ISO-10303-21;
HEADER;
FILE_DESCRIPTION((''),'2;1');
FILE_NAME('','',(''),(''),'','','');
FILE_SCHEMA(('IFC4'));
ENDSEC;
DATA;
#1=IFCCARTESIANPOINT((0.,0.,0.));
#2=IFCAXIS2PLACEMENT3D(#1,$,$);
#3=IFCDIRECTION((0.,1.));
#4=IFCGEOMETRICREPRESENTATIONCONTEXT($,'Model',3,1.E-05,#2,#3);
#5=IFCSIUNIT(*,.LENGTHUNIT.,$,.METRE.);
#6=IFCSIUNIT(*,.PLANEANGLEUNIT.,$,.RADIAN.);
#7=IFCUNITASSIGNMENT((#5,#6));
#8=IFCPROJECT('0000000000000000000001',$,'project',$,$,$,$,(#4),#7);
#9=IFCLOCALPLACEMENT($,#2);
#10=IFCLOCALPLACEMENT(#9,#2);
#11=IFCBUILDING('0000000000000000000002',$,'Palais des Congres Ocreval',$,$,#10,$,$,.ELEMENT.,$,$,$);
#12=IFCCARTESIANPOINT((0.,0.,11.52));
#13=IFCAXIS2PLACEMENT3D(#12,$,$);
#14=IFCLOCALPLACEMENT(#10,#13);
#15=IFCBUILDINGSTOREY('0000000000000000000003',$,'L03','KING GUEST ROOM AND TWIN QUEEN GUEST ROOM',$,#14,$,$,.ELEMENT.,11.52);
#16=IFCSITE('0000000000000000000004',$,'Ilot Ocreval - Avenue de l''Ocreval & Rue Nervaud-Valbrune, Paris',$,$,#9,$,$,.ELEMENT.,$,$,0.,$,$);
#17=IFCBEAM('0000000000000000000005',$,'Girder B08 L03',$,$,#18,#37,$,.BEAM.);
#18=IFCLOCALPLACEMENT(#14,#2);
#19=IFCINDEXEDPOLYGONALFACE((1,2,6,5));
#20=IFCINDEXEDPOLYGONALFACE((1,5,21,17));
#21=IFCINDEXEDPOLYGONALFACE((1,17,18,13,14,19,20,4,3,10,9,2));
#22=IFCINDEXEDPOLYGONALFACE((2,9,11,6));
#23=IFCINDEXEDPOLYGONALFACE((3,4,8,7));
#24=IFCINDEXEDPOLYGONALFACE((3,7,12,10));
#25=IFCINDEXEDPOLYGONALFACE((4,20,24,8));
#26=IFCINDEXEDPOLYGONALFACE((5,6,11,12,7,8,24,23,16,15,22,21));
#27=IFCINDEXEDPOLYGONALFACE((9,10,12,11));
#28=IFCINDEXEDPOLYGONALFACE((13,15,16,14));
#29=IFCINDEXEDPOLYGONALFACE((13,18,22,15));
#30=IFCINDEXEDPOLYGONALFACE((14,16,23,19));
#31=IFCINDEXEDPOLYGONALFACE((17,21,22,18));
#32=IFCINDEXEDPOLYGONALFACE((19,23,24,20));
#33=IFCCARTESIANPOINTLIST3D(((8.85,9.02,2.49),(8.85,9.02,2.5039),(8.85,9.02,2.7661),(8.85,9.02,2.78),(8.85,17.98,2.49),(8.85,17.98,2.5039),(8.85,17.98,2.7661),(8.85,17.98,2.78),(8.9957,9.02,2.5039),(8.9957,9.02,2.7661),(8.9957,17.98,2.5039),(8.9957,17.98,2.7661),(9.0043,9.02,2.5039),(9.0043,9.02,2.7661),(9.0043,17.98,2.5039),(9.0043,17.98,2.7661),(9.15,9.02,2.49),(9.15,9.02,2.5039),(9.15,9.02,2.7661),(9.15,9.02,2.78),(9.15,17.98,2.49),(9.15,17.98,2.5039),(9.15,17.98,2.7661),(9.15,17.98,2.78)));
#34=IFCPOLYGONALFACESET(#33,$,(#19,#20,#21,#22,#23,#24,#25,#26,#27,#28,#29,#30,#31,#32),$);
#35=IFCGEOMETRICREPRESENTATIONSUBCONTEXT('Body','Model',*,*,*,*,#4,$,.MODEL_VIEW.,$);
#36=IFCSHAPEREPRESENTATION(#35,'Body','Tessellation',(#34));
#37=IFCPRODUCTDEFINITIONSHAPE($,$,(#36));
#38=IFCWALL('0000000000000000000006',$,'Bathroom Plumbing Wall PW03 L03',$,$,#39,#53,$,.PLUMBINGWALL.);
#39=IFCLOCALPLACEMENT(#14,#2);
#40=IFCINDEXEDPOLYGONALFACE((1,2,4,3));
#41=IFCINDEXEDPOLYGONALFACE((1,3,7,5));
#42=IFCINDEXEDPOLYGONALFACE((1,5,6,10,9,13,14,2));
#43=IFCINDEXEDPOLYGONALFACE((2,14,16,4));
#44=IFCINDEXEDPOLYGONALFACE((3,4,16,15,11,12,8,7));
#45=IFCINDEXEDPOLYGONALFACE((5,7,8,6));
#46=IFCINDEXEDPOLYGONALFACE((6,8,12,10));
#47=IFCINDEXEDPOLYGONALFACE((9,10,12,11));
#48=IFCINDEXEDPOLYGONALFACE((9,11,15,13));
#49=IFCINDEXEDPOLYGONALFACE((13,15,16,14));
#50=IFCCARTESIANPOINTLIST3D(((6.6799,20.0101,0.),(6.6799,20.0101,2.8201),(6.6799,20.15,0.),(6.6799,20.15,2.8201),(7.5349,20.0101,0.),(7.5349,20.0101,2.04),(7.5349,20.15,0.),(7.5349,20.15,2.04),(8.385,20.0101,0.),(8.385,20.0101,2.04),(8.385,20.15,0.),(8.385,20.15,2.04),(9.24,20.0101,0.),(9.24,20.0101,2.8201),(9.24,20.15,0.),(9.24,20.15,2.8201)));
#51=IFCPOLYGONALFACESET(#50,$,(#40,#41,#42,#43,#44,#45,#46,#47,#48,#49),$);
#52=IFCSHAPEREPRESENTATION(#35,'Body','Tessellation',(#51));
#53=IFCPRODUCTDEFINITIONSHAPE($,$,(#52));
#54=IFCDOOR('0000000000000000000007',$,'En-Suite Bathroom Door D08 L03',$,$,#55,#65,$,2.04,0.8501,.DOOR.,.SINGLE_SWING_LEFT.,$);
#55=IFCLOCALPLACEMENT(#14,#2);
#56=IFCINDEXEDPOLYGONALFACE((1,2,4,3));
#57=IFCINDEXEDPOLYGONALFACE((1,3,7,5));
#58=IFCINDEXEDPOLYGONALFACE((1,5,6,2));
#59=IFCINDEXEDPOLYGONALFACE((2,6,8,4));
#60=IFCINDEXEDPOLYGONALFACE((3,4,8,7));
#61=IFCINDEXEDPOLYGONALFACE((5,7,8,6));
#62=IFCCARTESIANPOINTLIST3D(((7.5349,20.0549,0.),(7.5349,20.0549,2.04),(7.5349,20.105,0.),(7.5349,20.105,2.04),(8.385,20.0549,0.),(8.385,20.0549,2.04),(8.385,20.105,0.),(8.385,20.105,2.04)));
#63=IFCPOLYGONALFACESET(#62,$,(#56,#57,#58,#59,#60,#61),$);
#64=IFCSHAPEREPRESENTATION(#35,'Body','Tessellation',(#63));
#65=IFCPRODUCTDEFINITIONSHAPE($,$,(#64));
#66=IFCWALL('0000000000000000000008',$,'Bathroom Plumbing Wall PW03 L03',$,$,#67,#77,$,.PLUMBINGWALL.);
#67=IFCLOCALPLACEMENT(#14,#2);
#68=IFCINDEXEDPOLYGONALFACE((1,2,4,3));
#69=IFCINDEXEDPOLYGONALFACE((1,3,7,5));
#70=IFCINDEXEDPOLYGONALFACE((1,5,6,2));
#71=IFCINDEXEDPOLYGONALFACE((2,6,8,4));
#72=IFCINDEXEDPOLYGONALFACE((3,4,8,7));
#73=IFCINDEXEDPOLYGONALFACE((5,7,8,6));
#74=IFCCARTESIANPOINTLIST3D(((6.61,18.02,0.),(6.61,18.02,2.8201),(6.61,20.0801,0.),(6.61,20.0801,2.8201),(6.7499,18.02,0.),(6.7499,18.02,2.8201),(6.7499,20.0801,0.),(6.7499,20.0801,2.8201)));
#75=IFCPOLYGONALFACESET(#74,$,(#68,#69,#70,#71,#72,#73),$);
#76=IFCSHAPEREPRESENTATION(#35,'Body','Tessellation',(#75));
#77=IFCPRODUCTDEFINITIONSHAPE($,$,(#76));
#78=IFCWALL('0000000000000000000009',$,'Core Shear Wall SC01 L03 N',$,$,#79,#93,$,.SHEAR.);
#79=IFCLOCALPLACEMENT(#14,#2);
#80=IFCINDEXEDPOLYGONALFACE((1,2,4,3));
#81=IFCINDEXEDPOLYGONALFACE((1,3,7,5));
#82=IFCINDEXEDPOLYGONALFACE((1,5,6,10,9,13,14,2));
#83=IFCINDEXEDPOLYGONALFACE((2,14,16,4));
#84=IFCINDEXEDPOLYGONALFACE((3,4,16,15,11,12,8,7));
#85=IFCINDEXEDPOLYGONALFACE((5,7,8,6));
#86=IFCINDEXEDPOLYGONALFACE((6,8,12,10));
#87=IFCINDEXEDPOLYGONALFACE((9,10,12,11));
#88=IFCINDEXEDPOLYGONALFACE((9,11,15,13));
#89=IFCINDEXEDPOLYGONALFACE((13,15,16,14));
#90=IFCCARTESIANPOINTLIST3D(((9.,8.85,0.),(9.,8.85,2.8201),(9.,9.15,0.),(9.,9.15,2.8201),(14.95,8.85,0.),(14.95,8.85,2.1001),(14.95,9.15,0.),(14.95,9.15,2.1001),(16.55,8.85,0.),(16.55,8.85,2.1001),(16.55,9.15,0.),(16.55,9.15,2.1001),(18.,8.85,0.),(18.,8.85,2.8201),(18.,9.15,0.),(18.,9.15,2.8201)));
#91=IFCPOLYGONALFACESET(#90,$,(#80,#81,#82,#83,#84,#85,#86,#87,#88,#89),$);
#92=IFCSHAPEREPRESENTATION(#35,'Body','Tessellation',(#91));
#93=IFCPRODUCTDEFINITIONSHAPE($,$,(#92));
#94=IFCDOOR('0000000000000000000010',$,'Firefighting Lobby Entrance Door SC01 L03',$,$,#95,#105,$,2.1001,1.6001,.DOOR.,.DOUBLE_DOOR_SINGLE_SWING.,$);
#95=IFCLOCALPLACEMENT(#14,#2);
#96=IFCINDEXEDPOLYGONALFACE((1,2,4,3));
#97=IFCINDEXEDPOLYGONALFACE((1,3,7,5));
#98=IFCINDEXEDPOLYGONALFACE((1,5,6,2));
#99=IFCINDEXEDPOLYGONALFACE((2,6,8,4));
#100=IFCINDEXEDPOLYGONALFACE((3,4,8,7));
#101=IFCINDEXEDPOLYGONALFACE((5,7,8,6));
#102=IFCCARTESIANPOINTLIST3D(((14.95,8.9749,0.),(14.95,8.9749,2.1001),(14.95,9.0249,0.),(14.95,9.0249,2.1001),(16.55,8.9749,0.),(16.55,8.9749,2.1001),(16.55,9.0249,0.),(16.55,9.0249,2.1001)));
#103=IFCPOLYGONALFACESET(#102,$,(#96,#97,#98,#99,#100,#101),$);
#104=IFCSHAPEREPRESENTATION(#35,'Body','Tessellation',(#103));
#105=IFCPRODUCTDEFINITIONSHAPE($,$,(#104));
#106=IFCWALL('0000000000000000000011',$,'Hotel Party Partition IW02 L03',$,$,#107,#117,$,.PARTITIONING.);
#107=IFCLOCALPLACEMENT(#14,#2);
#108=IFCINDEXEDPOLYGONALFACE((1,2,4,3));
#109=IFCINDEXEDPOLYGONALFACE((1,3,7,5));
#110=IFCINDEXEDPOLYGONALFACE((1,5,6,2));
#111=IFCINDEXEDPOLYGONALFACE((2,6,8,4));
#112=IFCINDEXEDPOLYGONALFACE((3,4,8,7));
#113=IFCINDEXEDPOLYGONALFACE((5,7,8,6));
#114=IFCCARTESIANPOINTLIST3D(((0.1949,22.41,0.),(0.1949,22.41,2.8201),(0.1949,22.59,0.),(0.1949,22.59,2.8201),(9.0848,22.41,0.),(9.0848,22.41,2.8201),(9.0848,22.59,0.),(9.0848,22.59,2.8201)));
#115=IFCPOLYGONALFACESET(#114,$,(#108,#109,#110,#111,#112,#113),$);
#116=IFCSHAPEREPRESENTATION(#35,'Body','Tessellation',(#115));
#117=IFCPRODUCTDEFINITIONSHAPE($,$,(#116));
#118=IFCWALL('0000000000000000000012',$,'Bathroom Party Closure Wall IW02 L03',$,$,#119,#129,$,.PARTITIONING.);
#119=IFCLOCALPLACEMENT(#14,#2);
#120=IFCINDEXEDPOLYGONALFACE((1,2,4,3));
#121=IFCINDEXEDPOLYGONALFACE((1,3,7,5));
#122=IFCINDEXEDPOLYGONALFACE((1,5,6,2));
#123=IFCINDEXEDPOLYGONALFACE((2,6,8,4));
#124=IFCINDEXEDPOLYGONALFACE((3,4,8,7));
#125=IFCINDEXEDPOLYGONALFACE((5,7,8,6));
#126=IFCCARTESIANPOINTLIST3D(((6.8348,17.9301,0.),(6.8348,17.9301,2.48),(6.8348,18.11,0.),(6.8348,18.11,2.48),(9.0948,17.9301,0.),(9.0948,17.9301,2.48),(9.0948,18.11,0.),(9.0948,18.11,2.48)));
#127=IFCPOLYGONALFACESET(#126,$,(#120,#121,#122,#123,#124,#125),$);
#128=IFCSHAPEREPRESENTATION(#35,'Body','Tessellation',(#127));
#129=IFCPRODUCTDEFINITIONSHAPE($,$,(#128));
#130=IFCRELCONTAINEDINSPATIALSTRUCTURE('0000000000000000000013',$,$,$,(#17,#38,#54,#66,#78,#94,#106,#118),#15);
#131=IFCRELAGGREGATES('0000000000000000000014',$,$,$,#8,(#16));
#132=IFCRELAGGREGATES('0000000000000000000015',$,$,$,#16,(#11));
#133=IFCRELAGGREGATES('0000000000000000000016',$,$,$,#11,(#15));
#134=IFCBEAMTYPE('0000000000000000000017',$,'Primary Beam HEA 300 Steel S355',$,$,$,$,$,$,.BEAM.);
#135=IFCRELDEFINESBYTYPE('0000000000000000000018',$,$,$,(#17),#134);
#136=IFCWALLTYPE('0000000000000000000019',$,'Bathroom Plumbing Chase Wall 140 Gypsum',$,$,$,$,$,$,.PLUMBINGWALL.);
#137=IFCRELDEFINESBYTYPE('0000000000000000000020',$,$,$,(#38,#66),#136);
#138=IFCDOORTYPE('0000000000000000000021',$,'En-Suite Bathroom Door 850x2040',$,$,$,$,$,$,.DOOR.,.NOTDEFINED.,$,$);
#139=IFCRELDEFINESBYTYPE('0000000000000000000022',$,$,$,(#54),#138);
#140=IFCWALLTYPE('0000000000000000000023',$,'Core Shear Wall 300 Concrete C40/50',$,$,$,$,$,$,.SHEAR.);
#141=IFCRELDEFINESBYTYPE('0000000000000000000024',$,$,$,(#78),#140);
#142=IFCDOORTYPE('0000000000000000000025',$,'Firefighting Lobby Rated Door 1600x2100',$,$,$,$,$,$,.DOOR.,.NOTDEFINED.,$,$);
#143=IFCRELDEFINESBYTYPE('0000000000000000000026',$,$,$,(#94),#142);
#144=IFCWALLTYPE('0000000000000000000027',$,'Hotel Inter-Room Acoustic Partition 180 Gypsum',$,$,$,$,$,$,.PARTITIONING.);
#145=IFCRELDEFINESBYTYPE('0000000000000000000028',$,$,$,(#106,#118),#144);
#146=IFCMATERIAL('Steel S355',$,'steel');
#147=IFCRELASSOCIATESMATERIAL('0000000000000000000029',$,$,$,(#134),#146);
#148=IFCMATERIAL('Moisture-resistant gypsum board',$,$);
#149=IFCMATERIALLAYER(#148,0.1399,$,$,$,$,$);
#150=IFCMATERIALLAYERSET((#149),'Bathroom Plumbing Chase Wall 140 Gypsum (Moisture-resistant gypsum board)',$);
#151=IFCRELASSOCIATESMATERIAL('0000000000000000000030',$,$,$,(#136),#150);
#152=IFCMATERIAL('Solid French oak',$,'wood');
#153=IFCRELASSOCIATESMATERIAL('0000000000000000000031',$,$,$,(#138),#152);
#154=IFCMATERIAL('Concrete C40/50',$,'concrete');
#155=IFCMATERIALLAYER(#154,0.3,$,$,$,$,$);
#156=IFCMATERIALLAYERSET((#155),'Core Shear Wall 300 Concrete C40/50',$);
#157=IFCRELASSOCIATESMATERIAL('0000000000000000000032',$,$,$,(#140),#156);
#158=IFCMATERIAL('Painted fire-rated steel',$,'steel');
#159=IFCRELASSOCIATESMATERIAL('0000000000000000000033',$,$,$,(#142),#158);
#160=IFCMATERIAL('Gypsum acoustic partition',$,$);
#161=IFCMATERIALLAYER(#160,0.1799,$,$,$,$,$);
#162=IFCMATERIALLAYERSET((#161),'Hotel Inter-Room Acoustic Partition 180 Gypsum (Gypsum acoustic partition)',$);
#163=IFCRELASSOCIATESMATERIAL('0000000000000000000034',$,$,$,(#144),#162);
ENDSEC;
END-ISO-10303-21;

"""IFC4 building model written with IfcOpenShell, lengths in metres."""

from ifc_helpers import new_model, si_unit, direction, frame, frame_2d, origin, origin_2d, place, context, subcontext, project, spatial, rectangle, i_section, extrude, material, layer, layer_set, material_profile, profile_set, type_object, element, fill, save


model = new_model("IFC4")

# Units and contexts
model_context = context("Model", 3, precision=1e-05, world=origin(), true_north=direction((0.0, 1.0)))
body_context = subcontext(model_context, "Body", "Model", "MODEL_VIEW")
ifc_project = project(units=[si_unit("LENGTHUNIT", "METRE"), si_unit("PLANEANGLEUNIT", "RADIAN")], contexts=[model_context])

# Site, building, storey
site_placement = place(None, origin())
site = spatial("IfcSite", under=ifc_project, at=site_placement, Name="Ilot Ocreval - Avenue de l'Ocreval & Rue Nervaud-Valbrune, Paris", CompositionType="ELEMENT", RefElevation=0.0)
building_placement = place(site_placement, origin())
building = spatial("IfcBuilding", under=site, at=building_placement, Name="Palais des Congres Ocreval", CompositionType="ELEMENT")
storey_placement = place(building_placement, frame((0.0, 0.0, 11.52)))
storey = spatial("IfcBuildingStorey", under=building, at=storey_placement, Name="L03", Description="KING GUEST ROOM AND TWIN QUEEN GUEST ROOM", CompositionType="ELEMENT", Elevation=11.52)

# Shared definitions
ifc_material_1 = material(Name="Steel S355", Category="steel")
ifc_material_2 = material(Name="Concrete C40/50", Category="concrete")

# Beam
ifc_material_profile_1 = material_profile(ifc_material_1, i_section(OverallWidth=0.3, OverallDepth=0.29, WebThickness=0.0085, FlangeThickness=0.0139, at=origin_2d()), Name="HEA 300")
ifc_profile_set_1 = profile_set([ifc_material_profile_1], Name="Steel S355")
beam_type_1 = type_object("IfcBeamType", Name="Primary Beam HEA 300 Steel S355", PredefinedType="BEAM", material=ifc_profile_set_1)
beam_1_placement = place(storey_placement, frame((9.0, 9.02, 2.635), z_axis=(0.0, 1.0, 0.0), x_axis=(-1.0, 0.0, 0.0)))
element("IfcBeam", 1, at=beam_1_placement, inside=storey, type_object=beam_type_1, Name="Girder B08 L03", PredefinedType="BEAM", context=body_context, shape_type="SweptSolid", body=[
    extrude(i_section(OverallWidth=0.3, OverallDepth=0.29, WebThickness=0.0085, FlangeThickness=0.0139, at=origin_2d()), origin(), (0.0, 0.0, 1.0), 8.96),
])

# Wall, opening, door
ifc_material_3 = material(Name="Moisture-resistant gypsum board")
ifc_layer_1 = layer(ifc_material_3, 0.1399)
ifc_layer_set_1 = layer_set([ifc_layer_1], Name="Bathroom Plumbing Chase Wall 140 Gypsum (Moisture-resistant gypsum board)")
wall_type_1 = type_object("IfcWallType", Name="Bathroom Plumbing Chase Wall 140 Gypsum", PredefinedType="PLUMBINGWALL", material=ifc_layer_set_1)
wall_1_placement = place(storey_placement, frame((6.6799, 20.0801, 0.0), z_axis=(0.0, 0.0, 1.0), x_axis=(1.0, 0.0, 0.0)))
wall_1 = element("IfcWall", 2, at=wall_1_placement, inside=storey, type_object=wall_type_1, Name="Bathroom Plumbing Wall PW03 L03", PredefinedType="PLUMBINGWALL", context=body_context, shape_type="SweptSolid", body=[
    extrude(rectangle(XDim=2.5601, YDim=0.1399, at=frame_2d((1.28, 0.0))), origin(), (0.0, 0.0, 1.0), 2.8201),
])
opening_1_placement = place(wall_1_placement, frame((0.855, 0.0, 0.0)))
opening_1 = element("IfcOpeningElement", 3, at=opening_1_placement, cuts=wall_1, PredefinedType="OPENING", context=body_context, shape_type="SweptSolid", body=[
    extrude(rectangle(XDim=0.8501, YDim=2.04, at=frame_2d((0.425, 1.02))), frame((0.0, 0.0798, 0.0), z_axis=(0.0, -1.0, 0.0), x_axis=(1.0, 0.0, 0.0)), (0.0, 0.0, 1.0), 0.1599),
])
ifc_material_4 = material(Name="Solid French oak", Category="wood")
door_type_1 = type_object("IfcDoorType", Name="En-Suite Bathroom Door 850x2040", OperationType="NOTDEFINED", PredefinedType="DOOR", material=ifc_material_4)
door_1_placement = place(opening_1_placement, origin())
door_1 = element("IfcDoor", 4, at=door_1_placement, inside=storey, type_object=door_type_1, Name="En-Suite Bathroom Door D08 L03", OperationType="SINGLE_SWING_LEFT", OverallHeight=2.04, OverallWidth=0.8501, PredefinedType="DOOR", context=body_context, shape_type="SweptSolid", body=[
    extrude(rectangle(XDim=0.8501, YDim=2.04, at=frame_2d((0.425, 1.02))), frame((0.0, 0.0249, 0.0), z_axis=(0.0, -1.0, 0.0), x_axis=(1.0, 0.0, 0.0)), (0.0, 0.0, 1.0), 0.05),
])
fill(opening_1, door_1)

# Wall
wall_2_placement = place(storey_placement, frame((6.6799, 18.02, 0.0), z_axis=(0.0, 0.0, 1.0), x_axis=(0.0, 1.0, 0.0)))
element("IfcWall", 5, at=wall_2_placement, inside=storey, type_object=wall_type_1, Name="Bathroom Plumbing Wall PW03 L03", PredefinedType="PLUMBINGWALL", context=body_context, shape_type="SweptSolid", body=[
    extrude(rectangle(XDim=2.0601, YDim=0.1399, at=frame_2d((1.03, 0.0))), origin(), (0.0, 0.0, 1.0), 2.8201),
])

# Wall, opening, door
ifc_layer_2 = layer(ifc_material_2, 0.3)
ifc_layer_set_2 = layer_set([ifc_layer_2], Name="Core Shear Wall 300 Concrete C40/50")
wall_type_2 = type_object("IfcWallType", Name="Core Shear Wall 300 Concrete C40/50", PredefinedType="SHEAR", material=ifc_layer_set_2)
wall_3_placement = place(storey_placement, frame((9.0, 9.0, 0.0), z_axis=(0.0, 0.0, 1.0), x_axis=(1.0, 0.0, 0.0)))
wall_3 = element("IfcWall", 6, at=wall_3_placement, inside=storey, type_object=wall_type_2, Name="Core Shear Wall SC01 L03 N", PredefinedType="SHEAR", context=body_context, shape_type="SweptSolid", body=[
    extrude(rectangle(XDim=9.0, YDim=0.3, at=frame_2d((4.5, 0.0))), origin(), (0.0, 0.0, 1.0), 2.8201),
])
opening_2_placement = place(wall_3_placement, frame((5.95, 0.0, 0.0)))
opening_2 = element("IfcOpeningElement", 7, at=opening_2_placement, cuts=wall_3, PredefinedType="OPENING", context=body_context, shape_type="SweptSolid", body=[
    extrude(rectangle(XDim=1.6001, YDim=2.1001, at=frame_2d((0.8, 1.05))), frame((0.0, 0.1599, 0.0), z_axis=(0.0, -1.0, 0.0), x_axis=(1.0, 0.0, 0.0)), (0.0, 0.0, 1.0), 0.3201),
])
ifc_material_5 = material(Name="Painted fire-rated steel", Category="steel")
door_type_2 = type_object("IfcDoorType", Name="Firefighting Lobby Rated Door 1600x2100", OperationType="NOTDEFINED", PredefinedType="DOOR", material=ifc_material_5)
door_2_placement = place(opening_2_placement, origin())
door_2 = element("IfcDoor", 8, at=door_2_placement, inside=storey, type_object=door_type_2, Name="Firefighting Lobby Entrance Door SC01 L03", OperationType="DOUBLE_DOOR_SINGLE_SWING", OverallHeight=2.1001, OverallWidth=1.6001, PredefinedType="DOOR", context=body_context, shape_type="SweptSolid", body=[
    extrude(rectangle(XDim=1.6001, YDim=2.1001, at=frame_2d((0.8, 1.05))), frame((0.0, 0.0249, 0.0), z_axis=(0.0, -1.0, 0.0), x_axis=(1.0, 0.0, 0.0)), (0.0, 0.0, 1.0), 0.05),
])
fill(opening_2, door_2)

# Walls
ifc_material_6 = material(Name="Gypsum acoustic partition")
ifc_layer_3 = layer(ifc_material_6, 0.1799)
ifc_layer_set_3 = layer_set([ifc_layer_3], Name="Hotel Inter-Room Acoustic Partition 180 Gypsum (Gypsum acoustic partition)")
wall_type_3 = type_object("IfcWallType", Name="Hotel Inter-Room Acoustic Partition 180 Gypsum", PredefinedType="PARTITIONING", material=ifc_layer_set_3)
wall_4_placement = place(storey_placement, frame((0.1951, 22.5, 0.0), z_axis=(0.0, 0.0, 1.0), x_axis=(1.0, 0.0, 0.0)))
element("IfcWall", 9, at=wall_4_placement, inside=storey, type_object=wall_type_3, Name="Hotel Party Partition IW02 L03", PredefinedType="PARTITIONING", context=body_context, shape_type="SweptSolid", body=[
    extrude(rectangle(XDim=8.8899, YDim=0.1799, at=frame_2d((4.4448, 0.0))), origin(), (0.0, 0.0, 1.0), 2.8201),
])
wall_5_placement = place(storey_placement, frame((6.835, 18.02, 0.0), z_axis=(0.0, 0.0, 1.0), x_axis=(1.0, 0.0, 0.0)))
element("IfcWall", 10, at=wall_5_placement, inside=storey, type_object=wall_type_3, Name="Bathroom Party Closure Wall IW02 L03", PredefinedType="PARTITIONING", context=body_context, shape_type="SweptSolid", body=[
    extrude(rectangle(XDim=2.26, YDim=0.1799, at=frame_2d((1.1299, 0.0))), origin(), (0.0, 0.0, 1.0), 2.48),
])

save(model, "model.ifc")
